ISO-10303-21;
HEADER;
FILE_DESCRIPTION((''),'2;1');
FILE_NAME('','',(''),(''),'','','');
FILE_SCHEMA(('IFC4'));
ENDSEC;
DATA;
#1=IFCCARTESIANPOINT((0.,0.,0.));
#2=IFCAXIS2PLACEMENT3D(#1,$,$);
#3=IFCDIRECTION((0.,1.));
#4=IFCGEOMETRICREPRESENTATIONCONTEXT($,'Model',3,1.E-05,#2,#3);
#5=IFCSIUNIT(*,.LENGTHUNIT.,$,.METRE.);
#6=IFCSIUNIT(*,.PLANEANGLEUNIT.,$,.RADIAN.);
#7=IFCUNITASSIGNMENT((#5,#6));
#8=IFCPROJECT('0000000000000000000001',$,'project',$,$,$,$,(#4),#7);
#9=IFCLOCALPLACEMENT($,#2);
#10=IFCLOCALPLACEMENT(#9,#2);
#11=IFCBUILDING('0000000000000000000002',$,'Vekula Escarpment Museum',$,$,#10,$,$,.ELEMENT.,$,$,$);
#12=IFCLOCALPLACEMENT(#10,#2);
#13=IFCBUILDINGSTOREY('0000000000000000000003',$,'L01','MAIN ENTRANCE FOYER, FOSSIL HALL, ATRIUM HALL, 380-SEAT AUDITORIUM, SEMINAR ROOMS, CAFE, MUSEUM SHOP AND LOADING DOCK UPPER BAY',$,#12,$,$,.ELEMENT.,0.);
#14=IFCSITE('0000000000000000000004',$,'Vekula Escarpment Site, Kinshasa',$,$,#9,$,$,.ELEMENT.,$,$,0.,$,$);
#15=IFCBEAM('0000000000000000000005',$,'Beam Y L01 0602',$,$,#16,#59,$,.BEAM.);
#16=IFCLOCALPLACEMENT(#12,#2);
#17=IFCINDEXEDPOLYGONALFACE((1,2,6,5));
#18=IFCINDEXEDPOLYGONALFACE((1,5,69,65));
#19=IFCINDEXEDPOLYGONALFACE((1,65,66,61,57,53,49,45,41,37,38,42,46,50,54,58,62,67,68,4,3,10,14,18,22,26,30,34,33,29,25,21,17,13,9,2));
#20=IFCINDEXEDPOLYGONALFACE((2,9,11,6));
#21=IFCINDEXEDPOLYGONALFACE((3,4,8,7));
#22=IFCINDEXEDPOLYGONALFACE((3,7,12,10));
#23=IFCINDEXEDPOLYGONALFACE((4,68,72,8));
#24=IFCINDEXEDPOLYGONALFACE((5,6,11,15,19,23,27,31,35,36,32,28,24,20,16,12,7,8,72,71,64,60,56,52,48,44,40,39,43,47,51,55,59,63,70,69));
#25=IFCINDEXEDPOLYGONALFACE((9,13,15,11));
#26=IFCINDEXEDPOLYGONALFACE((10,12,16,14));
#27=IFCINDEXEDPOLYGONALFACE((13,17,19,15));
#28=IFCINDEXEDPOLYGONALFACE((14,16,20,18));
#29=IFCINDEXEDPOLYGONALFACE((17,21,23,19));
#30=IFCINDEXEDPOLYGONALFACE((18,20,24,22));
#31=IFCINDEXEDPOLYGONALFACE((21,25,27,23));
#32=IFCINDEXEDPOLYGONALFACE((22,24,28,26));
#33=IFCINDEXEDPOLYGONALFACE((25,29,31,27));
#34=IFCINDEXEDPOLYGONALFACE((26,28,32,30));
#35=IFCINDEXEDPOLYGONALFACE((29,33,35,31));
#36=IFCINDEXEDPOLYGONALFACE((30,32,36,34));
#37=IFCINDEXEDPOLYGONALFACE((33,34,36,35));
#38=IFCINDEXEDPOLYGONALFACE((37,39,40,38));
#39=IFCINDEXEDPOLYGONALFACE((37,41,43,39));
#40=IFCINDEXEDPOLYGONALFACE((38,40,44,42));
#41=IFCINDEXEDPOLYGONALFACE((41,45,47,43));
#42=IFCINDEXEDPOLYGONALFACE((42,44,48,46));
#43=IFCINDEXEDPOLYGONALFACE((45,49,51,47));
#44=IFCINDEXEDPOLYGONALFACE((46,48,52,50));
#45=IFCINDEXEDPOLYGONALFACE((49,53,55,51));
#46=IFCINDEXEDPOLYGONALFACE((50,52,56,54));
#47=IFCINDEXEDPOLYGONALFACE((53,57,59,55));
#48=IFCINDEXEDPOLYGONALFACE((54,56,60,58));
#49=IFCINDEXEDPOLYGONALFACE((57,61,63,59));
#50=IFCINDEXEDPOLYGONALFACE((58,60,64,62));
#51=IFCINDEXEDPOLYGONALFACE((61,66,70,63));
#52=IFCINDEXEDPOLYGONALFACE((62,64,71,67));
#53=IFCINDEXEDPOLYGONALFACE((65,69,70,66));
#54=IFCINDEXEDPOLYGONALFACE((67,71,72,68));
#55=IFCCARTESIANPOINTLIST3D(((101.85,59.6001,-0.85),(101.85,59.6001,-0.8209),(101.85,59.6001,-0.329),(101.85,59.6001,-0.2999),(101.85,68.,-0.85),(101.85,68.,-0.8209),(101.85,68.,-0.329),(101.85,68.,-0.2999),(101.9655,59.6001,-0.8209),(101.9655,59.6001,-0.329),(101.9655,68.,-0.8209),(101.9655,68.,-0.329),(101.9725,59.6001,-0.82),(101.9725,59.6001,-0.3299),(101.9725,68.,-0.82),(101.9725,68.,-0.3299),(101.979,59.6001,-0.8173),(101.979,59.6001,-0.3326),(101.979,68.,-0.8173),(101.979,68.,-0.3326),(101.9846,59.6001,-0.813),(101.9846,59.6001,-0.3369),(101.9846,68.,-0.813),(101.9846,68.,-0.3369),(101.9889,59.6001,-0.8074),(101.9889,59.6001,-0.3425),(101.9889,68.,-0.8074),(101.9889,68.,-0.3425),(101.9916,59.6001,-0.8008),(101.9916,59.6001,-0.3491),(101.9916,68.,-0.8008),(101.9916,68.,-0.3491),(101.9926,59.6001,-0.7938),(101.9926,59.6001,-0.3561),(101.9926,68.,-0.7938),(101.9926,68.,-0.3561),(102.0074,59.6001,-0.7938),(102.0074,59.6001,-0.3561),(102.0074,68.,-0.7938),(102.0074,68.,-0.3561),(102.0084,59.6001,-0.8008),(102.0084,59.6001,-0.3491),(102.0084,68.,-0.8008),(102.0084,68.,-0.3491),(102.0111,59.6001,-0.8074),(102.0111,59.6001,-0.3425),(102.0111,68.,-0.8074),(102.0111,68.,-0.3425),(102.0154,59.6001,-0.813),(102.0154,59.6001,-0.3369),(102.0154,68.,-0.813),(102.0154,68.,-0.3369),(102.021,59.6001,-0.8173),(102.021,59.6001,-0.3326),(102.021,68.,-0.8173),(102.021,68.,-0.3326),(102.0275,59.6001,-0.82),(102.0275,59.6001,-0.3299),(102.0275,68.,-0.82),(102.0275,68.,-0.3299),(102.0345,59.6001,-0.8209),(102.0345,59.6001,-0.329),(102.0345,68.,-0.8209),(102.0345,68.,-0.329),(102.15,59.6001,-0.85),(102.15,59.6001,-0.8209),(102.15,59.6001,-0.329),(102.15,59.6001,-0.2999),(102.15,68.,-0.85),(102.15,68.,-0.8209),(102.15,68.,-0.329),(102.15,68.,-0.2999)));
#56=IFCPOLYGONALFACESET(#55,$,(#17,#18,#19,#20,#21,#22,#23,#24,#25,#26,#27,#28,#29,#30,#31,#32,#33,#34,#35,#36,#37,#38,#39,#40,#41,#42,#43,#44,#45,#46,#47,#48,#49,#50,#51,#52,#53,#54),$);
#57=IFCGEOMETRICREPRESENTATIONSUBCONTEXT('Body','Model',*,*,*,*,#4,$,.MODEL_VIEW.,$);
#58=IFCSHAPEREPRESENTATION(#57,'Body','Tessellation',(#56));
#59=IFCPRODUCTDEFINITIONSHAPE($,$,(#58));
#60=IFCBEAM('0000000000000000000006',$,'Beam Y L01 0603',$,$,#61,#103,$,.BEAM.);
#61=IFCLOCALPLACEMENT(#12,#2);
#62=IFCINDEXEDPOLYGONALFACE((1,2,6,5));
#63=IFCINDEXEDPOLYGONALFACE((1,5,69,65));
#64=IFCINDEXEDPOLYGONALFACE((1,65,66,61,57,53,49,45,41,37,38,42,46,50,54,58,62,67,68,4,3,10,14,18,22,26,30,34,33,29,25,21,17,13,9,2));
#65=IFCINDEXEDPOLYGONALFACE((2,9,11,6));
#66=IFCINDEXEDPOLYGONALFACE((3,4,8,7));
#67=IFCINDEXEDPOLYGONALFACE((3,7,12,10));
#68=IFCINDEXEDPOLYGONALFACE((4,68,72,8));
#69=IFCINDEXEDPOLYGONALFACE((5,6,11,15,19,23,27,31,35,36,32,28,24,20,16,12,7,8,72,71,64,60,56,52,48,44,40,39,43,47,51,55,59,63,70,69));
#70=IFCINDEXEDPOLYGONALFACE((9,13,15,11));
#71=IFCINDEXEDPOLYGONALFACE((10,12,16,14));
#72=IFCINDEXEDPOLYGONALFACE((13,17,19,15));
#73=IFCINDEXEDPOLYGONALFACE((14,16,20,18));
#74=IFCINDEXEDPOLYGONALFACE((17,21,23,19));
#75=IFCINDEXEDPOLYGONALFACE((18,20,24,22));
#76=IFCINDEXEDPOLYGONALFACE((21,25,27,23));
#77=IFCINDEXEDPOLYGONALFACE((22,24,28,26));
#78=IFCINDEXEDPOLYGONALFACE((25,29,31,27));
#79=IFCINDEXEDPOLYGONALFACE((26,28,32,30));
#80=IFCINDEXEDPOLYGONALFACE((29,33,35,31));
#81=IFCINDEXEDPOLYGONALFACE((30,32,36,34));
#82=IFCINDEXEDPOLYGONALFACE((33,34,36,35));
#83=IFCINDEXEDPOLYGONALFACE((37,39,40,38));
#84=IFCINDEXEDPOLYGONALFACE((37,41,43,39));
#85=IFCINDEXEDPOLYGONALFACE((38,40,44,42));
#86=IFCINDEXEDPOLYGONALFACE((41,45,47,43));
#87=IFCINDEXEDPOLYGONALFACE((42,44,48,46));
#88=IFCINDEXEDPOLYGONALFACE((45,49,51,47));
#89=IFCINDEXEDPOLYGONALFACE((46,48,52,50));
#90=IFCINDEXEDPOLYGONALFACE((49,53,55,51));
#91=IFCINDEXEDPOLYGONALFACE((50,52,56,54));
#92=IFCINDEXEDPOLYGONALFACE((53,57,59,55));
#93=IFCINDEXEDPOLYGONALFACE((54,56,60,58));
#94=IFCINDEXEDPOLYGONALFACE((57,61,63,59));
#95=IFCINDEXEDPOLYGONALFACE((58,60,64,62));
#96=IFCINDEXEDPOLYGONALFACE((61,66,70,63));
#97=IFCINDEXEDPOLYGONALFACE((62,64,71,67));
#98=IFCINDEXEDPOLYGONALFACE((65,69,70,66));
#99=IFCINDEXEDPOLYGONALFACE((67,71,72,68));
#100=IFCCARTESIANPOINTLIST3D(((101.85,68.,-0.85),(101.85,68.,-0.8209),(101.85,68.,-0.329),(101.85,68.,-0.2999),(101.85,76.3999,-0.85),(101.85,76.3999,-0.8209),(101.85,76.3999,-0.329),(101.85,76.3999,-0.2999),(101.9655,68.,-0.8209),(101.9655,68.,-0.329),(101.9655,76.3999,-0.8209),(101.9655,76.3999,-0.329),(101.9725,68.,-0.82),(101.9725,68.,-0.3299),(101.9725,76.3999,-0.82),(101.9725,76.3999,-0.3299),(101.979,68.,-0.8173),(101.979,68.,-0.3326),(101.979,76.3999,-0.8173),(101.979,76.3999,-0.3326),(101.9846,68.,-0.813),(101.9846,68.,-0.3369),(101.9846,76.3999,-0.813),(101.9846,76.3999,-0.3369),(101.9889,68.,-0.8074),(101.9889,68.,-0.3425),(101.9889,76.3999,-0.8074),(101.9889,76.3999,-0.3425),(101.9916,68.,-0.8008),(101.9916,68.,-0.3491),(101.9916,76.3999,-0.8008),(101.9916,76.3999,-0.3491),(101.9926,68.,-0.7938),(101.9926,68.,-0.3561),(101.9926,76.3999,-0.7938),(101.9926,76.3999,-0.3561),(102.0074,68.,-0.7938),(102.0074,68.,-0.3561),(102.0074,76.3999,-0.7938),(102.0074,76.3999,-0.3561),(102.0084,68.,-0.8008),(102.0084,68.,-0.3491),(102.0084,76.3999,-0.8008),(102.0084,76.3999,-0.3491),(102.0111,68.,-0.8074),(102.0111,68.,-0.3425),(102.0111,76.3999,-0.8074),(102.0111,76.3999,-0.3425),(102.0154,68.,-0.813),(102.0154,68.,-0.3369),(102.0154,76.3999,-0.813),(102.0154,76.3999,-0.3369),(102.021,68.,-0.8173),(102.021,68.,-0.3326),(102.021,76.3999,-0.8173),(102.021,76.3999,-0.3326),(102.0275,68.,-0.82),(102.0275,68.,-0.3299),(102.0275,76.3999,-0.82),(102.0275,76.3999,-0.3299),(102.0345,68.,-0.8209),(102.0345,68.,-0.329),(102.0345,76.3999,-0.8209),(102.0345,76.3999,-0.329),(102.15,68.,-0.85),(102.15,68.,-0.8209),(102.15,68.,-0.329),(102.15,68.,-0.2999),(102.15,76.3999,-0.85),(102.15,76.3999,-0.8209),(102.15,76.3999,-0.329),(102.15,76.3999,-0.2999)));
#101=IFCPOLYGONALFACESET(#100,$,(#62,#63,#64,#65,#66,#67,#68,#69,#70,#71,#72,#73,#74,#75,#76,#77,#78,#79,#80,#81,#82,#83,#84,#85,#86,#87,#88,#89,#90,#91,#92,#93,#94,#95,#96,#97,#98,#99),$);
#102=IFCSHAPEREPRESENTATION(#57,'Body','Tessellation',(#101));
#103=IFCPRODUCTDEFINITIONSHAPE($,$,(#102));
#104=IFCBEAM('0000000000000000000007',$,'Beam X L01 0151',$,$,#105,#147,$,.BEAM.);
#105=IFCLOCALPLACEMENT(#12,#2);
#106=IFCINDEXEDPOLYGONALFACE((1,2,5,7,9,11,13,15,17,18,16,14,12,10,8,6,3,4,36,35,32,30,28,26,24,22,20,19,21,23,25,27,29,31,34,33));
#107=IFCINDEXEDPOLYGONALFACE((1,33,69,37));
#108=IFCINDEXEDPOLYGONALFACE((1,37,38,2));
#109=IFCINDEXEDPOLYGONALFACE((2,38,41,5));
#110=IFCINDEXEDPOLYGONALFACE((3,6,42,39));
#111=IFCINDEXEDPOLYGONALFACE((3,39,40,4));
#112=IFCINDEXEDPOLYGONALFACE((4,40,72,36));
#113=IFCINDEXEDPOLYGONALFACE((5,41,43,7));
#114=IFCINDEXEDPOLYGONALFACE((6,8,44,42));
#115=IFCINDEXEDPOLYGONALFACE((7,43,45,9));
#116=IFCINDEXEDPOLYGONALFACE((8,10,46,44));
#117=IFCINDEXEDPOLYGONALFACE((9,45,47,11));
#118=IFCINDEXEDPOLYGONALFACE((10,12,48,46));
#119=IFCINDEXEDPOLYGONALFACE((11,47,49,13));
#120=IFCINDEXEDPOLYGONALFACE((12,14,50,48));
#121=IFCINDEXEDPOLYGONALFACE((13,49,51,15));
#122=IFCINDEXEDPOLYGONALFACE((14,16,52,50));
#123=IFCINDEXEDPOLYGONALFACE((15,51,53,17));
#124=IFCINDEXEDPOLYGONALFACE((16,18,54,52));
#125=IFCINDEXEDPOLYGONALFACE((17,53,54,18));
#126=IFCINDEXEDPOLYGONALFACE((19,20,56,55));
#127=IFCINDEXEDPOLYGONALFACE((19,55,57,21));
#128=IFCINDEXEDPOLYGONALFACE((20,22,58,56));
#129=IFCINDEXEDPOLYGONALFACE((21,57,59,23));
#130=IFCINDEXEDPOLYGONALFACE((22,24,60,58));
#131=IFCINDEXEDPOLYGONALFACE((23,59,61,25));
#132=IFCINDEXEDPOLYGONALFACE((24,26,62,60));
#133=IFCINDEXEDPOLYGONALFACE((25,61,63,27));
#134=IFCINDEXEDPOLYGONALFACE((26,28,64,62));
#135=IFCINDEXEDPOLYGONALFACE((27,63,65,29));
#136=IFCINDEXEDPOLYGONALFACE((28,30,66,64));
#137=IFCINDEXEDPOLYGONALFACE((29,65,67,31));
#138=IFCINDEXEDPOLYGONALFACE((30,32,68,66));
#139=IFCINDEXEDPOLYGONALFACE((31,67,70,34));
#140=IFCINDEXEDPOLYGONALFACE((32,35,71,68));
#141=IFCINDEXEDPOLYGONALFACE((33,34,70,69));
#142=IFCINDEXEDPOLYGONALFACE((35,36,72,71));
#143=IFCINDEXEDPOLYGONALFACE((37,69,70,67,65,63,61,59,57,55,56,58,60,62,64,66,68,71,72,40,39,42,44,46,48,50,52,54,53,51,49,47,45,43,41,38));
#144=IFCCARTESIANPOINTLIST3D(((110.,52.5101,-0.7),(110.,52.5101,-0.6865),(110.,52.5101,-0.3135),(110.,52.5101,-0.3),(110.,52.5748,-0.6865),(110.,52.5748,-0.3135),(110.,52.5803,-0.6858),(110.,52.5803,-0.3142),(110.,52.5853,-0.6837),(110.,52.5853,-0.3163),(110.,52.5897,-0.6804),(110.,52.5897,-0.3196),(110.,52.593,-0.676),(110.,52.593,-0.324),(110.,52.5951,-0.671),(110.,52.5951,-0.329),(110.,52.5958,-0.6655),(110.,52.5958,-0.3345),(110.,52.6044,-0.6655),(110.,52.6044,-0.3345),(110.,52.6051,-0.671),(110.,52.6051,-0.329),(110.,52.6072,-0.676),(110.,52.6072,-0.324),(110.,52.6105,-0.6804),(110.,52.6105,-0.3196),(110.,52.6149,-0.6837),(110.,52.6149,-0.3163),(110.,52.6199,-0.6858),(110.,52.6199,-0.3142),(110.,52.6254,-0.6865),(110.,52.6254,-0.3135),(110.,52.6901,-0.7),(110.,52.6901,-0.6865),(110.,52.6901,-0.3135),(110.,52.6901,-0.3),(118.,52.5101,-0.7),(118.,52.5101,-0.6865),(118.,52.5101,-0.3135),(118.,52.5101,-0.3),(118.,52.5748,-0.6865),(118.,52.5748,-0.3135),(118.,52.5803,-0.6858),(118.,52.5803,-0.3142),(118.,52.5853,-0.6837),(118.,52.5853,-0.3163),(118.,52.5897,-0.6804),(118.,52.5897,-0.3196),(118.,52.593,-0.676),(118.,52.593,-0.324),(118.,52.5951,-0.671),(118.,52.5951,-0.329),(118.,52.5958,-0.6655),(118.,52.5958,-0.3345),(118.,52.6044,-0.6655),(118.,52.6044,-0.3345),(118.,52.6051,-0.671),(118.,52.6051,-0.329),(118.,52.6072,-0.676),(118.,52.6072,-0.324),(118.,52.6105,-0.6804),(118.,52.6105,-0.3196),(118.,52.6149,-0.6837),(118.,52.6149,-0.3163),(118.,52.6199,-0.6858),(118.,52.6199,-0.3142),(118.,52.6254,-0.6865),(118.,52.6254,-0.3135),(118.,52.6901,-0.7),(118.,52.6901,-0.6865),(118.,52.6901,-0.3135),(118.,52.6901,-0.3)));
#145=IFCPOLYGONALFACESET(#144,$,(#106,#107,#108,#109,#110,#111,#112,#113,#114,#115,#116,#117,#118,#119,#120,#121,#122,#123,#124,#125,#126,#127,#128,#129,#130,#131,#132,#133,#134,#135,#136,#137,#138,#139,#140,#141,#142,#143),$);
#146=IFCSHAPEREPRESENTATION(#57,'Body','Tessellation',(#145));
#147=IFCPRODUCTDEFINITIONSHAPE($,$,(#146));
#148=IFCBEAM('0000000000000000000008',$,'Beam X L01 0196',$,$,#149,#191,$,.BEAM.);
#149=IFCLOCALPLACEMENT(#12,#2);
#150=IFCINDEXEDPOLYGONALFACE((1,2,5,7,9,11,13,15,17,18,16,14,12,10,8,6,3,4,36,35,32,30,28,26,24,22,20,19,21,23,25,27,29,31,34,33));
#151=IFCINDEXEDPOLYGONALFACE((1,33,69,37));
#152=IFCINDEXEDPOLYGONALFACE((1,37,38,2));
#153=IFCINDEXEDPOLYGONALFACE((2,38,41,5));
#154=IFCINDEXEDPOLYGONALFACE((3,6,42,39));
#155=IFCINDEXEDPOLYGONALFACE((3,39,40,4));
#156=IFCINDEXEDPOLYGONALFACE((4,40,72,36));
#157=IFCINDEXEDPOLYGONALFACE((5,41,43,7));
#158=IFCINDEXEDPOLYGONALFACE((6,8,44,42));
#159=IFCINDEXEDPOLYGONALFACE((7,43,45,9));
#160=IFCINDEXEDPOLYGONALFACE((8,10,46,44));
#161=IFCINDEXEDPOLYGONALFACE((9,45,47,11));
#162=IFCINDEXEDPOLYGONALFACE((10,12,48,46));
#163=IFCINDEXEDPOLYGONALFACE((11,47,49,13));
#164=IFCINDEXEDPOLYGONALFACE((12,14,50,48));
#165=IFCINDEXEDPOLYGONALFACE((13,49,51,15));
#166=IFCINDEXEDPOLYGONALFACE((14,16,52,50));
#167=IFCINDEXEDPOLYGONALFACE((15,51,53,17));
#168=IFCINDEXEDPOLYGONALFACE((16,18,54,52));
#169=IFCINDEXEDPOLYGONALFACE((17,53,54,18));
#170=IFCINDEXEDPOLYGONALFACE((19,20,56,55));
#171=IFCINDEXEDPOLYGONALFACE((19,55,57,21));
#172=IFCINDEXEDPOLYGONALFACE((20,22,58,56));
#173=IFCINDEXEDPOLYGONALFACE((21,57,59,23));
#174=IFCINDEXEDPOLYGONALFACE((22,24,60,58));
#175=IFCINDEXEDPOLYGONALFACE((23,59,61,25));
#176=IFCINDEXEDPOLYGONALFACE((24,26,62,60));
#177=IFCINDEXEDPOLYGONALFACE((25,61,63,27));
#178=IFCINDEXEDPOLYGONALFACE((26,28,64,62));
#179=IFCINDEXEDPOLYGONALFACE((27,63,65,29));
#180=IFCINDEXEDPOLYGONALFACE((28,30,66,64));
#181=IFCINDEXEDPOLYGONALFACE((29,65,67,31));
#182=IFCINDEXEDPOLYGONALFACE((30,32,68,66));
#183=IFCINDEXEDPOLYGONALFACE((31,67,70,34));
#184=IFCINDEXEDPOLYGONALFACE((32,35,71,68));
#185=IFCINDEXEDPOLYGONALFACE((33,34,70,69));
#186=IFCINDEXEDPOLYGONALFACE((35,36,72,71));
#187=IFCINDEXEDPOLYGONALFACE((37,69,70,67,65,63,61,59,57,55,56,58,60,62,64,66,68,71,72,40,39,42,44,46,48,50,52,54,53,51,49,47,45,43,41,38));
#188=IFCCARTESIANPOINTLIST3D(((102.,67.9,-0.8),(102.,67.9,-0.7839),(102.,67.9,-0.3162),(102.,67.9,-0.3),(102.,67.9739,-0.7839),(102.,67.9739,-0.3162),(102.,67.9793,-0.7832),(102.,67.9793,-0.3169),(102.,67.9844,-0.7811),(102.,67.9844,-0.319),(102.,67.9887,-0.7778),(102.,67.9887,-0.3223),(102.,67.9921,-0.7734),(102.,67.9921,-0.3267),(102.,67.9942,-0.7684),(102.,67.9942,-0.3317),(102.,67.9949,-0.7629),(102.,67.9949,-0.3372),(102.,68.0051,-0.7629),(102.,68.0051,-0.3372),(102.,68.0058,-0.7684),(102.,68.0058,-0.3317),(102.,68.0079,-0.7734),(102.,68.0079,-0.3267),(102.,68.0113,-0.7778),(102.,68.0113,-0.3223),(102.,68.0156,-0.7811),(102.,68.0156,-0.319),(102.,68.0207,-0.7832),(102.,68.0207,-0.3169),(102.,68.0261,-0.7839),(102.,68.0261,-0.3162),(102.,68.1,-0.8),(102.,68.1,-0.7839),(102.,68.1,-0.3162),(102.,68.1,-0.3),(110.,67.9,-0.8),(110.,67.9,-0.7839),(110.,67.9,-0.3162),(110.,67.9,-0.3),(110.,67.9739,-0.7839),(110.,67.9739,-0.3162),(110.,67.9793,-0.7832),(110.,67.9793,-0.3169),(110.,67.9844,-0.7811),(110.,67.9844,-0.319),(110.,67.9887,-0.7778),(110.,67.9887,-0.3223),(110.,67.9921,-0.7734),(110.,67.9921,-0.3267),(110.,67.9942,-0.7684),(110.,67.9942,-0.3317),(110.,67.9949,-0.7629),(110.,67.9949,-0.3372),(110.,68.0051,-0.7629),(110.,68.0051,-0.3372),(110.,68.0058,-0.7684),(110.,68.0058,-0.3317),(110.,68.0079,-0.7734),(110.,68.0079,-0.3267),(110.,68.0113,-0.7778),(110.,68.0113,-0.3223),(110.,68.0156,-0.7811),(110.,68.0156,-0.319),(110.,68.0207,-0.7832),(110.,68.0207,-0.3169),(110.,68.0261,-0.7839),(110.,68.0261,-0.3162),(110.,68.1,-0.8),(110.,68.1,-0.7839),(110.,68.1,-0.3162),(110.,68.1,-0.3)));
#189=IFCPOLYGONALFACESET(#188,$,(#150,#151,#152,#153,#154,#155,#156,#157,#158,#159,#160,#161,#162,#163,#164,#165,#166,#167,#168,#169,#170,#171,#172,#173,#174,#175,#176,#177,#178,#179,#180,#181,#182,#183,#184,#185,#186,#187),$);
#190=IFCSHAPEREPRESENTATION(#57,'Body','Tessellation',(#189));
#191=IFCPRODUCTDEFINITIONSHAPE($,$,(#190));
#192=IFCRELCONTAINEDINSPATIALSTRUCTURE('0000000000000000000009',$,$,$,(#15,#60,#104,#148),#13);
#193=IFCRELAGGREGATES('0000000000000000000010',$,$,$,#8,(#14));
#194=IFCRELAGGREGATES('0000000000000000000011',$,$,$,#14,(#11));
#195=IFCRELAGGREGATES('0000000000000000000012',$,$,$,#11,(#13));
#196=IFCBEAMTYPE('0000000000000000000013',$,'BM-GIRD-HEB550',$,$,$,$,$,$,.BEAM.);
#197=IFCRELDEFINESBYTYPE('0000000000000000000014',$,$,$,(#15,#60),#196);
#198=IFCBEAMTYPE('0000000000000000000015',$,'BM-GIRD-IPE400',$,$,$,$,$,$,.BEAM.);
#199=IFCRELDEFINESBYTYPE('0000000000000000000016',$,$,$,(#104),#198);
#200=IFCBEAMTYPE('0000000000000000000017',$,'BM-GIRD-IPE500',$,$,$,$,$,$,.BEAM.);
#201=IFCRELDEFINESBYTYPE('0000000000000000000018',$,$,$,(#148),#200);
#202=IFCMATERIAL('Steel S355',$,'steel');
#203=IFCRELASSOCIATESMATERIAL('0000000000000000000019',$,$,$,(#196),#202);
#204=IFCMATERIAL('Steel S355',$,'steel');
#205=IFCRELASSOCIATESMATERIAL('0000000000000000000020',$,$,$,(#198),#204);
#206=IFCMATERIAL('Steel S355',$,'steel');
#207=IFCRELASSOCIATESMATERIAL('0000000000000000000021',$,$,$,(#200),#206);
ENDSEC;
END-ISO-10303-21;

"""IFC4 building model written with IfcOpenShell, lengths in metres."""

from ifc_helpers import new_model, si_unit, direction, frame, origin, origin_2d, place, context, subcontext, project, spatial, i_section, extrude, material, material_profile, profile_set, type_object, element, save


model = new_model("IFC4")

# Units and contexts
model_context = context("Model", 3, precision=1e-05, world=origin(), true_north=direction((0.0, 1.0)))
body_context = subcontext(model_context, "Body", "Model", "MODEL_VIEW")
ifc_project = project(units=[si_unit("LENGTHUNIT", "METRE"), si_unit("PLANEANGLEUNIT", "RADIAN")], contexts=[model_context])

# Site, building, storey
site_placement = place(None, origin())
site = spatial("IfcSite", under=ifc_project, at=site_placement, Name="Vekula Escarpment Site, Kinshasa", CompositionType="ELEMENT", RefElevation=0.0)
building_placement = place(site_placement, origin())
building = spatial("IfcBuilding", under=site, at=building_placement, Name="Vekula Escarpment Museum", CompositionType="ELEMENT")
storey_placement = place(building_placement, origin())
storey = spatial("IfcBuildingStorey", under=building, at=storey_placement, Name="L01", Description="MAIN ENTRANCE FOYER, FOSSIL HALL, ATRIUM HALL, 380-SEAT AUDITORIUM, SEMINAR ROOMS, CAFE, MUSEUM SHOP AND LOADING DOCK UPPER BAY", CompositionType="ELEMENT", Elevation=0.0)

# Beams
ifc_material_1 = material(Name="Steel S355", Category="steel")
ifc_material_profile_1 = material_profile(ifc_material_1, i_section(OverallWidth=0.3, OverallDepth=0.55, WebThickness=0.0149, FlangeThickness=0.0291, FilletRadius=0.0271, at=origin_2d()), Name="HEB 550")
ifc_profile_set_1 = profile_set([ifc_material_profile_1], Name="Steel S355")
beam_type_1 = type_object("IfcBeamType", Name="BM-GIRD-HEB550", PredefinedType="BEAM", material=ifc_profile_set_1)
for number, where, z_axis, x_axis, name in (
    (1, (102.0, 59.6001, -0.575), (0.0, 1.0, 0.0), (-1.0, 0.0, 0.0), "Beam Y L01 0602"),
    (2, (102.0, 68.0, -0.575), (0.0, 1.0, 0.0), (-1.0, 0.0, 0.0), "Beam Y L01 0603"),
):
    element("IfcBeam", number, at=place(storey_placement, frame(where, z_axis=z_axis, x_axis=x_axis)), inside=storey, type_object=beam_type_1, Name=name, PredefinedType="BEAM", context=body_context, shape_type="SweptSolid", body=[
        extrude(i_section(OverallWidth=0.3, OverallDepth=0.55, WebThickness=0.0149, FlangeThickness=0.0291, FilletRadius=0.0271, at=origin_2d()), origin(), (0.0, 0.0, 1.0), 8.3999),
    ])
ifc_material_2 = material(Name="Steel S355", Category="steel")
ifc_material_profile_2 = material_profile(ifc_material_2, i_section(OverallWidth=0.1799, OverallDepth=0.3999, WebThickness=0.0085, FlangeThickness=0.0134, FilletRadius=0.021, at=origin_2d()), Name="IPE 400")
ifc_profile_set_2 = profile_set([ifc_material_profile_2], Name="Steel S355")
beam_type_2 = type_object("IfcBeamType", Name="BM-GIRD-IPE400", PredefinedType="BEAM", material=ifc_profile_set_2)
beam_1_placement = place(storey_placement, frame((110.0, 52.6001, -0.5), z_axis=(1.0, 0.0, 0.0), x_axis=(0.0, 1.0, 0.0)))
element("IfcBeam", 3, at=beam_1_placement, inside=storey, type_object=beam_type_2, Name="Beam X L01 0151", PredefinedType="BEAM", context=body_context, shape_type="SweptSolid", body=[
    extrude(i_section(OverallWidth=0.1799, OverallDepth=0.3999, WebThickness=0.0085, FlangeThickness=0.0134, FilletRadius=0.021, at=origin_2d()), origin(), (0.0, 0.0, 1.0), 8.0),
])
ifc_material_3 = material(Name="Steel S355", Category="steel")
ifc_material_profile_3 = material_profile(ifc_material_3, i_section(OverallWidth=0.2, OverallDepth=0.5, WebThickness=0.0103, FlangeThickness=0.0161, FilletRadius=0.021, at=origin_2d()), Name="IPE 500")
ifc_profile_set_3 = profile_set([ifc_material_profile_3], Name="Steel S355")
beam_type_3 = type_object("IfcBeamType", Name="BM-GIRD-IPE500", PredefinedType="BEAM", material=ifc_profile_set_3)
beam_2_placement = place(storey_placement, frame((102.0, 68.0, -0.55), z_axis=(1.0, 0.0, 0.0), x_axis=(0.0, 1.0, 0.0)))
element("IfcBeam", 4, at=beam_2_placement, inside=storey, type_object=beam_type_3, Name="Beam X L01 0196", PredefinedType="BEAM", context=body_context, shape_type="SweptSolid", body=[
    extrude(i_section(OverallWidth=0.2, OverallDepth=0.5, WebThickness=0.0103, FlangeThickness=0.0161, FilletRadius=0.021, at=origin_2d()), origin(), (0.0, 0.0, 1.0), 8.0),
])

save(model, "model.ifc")
